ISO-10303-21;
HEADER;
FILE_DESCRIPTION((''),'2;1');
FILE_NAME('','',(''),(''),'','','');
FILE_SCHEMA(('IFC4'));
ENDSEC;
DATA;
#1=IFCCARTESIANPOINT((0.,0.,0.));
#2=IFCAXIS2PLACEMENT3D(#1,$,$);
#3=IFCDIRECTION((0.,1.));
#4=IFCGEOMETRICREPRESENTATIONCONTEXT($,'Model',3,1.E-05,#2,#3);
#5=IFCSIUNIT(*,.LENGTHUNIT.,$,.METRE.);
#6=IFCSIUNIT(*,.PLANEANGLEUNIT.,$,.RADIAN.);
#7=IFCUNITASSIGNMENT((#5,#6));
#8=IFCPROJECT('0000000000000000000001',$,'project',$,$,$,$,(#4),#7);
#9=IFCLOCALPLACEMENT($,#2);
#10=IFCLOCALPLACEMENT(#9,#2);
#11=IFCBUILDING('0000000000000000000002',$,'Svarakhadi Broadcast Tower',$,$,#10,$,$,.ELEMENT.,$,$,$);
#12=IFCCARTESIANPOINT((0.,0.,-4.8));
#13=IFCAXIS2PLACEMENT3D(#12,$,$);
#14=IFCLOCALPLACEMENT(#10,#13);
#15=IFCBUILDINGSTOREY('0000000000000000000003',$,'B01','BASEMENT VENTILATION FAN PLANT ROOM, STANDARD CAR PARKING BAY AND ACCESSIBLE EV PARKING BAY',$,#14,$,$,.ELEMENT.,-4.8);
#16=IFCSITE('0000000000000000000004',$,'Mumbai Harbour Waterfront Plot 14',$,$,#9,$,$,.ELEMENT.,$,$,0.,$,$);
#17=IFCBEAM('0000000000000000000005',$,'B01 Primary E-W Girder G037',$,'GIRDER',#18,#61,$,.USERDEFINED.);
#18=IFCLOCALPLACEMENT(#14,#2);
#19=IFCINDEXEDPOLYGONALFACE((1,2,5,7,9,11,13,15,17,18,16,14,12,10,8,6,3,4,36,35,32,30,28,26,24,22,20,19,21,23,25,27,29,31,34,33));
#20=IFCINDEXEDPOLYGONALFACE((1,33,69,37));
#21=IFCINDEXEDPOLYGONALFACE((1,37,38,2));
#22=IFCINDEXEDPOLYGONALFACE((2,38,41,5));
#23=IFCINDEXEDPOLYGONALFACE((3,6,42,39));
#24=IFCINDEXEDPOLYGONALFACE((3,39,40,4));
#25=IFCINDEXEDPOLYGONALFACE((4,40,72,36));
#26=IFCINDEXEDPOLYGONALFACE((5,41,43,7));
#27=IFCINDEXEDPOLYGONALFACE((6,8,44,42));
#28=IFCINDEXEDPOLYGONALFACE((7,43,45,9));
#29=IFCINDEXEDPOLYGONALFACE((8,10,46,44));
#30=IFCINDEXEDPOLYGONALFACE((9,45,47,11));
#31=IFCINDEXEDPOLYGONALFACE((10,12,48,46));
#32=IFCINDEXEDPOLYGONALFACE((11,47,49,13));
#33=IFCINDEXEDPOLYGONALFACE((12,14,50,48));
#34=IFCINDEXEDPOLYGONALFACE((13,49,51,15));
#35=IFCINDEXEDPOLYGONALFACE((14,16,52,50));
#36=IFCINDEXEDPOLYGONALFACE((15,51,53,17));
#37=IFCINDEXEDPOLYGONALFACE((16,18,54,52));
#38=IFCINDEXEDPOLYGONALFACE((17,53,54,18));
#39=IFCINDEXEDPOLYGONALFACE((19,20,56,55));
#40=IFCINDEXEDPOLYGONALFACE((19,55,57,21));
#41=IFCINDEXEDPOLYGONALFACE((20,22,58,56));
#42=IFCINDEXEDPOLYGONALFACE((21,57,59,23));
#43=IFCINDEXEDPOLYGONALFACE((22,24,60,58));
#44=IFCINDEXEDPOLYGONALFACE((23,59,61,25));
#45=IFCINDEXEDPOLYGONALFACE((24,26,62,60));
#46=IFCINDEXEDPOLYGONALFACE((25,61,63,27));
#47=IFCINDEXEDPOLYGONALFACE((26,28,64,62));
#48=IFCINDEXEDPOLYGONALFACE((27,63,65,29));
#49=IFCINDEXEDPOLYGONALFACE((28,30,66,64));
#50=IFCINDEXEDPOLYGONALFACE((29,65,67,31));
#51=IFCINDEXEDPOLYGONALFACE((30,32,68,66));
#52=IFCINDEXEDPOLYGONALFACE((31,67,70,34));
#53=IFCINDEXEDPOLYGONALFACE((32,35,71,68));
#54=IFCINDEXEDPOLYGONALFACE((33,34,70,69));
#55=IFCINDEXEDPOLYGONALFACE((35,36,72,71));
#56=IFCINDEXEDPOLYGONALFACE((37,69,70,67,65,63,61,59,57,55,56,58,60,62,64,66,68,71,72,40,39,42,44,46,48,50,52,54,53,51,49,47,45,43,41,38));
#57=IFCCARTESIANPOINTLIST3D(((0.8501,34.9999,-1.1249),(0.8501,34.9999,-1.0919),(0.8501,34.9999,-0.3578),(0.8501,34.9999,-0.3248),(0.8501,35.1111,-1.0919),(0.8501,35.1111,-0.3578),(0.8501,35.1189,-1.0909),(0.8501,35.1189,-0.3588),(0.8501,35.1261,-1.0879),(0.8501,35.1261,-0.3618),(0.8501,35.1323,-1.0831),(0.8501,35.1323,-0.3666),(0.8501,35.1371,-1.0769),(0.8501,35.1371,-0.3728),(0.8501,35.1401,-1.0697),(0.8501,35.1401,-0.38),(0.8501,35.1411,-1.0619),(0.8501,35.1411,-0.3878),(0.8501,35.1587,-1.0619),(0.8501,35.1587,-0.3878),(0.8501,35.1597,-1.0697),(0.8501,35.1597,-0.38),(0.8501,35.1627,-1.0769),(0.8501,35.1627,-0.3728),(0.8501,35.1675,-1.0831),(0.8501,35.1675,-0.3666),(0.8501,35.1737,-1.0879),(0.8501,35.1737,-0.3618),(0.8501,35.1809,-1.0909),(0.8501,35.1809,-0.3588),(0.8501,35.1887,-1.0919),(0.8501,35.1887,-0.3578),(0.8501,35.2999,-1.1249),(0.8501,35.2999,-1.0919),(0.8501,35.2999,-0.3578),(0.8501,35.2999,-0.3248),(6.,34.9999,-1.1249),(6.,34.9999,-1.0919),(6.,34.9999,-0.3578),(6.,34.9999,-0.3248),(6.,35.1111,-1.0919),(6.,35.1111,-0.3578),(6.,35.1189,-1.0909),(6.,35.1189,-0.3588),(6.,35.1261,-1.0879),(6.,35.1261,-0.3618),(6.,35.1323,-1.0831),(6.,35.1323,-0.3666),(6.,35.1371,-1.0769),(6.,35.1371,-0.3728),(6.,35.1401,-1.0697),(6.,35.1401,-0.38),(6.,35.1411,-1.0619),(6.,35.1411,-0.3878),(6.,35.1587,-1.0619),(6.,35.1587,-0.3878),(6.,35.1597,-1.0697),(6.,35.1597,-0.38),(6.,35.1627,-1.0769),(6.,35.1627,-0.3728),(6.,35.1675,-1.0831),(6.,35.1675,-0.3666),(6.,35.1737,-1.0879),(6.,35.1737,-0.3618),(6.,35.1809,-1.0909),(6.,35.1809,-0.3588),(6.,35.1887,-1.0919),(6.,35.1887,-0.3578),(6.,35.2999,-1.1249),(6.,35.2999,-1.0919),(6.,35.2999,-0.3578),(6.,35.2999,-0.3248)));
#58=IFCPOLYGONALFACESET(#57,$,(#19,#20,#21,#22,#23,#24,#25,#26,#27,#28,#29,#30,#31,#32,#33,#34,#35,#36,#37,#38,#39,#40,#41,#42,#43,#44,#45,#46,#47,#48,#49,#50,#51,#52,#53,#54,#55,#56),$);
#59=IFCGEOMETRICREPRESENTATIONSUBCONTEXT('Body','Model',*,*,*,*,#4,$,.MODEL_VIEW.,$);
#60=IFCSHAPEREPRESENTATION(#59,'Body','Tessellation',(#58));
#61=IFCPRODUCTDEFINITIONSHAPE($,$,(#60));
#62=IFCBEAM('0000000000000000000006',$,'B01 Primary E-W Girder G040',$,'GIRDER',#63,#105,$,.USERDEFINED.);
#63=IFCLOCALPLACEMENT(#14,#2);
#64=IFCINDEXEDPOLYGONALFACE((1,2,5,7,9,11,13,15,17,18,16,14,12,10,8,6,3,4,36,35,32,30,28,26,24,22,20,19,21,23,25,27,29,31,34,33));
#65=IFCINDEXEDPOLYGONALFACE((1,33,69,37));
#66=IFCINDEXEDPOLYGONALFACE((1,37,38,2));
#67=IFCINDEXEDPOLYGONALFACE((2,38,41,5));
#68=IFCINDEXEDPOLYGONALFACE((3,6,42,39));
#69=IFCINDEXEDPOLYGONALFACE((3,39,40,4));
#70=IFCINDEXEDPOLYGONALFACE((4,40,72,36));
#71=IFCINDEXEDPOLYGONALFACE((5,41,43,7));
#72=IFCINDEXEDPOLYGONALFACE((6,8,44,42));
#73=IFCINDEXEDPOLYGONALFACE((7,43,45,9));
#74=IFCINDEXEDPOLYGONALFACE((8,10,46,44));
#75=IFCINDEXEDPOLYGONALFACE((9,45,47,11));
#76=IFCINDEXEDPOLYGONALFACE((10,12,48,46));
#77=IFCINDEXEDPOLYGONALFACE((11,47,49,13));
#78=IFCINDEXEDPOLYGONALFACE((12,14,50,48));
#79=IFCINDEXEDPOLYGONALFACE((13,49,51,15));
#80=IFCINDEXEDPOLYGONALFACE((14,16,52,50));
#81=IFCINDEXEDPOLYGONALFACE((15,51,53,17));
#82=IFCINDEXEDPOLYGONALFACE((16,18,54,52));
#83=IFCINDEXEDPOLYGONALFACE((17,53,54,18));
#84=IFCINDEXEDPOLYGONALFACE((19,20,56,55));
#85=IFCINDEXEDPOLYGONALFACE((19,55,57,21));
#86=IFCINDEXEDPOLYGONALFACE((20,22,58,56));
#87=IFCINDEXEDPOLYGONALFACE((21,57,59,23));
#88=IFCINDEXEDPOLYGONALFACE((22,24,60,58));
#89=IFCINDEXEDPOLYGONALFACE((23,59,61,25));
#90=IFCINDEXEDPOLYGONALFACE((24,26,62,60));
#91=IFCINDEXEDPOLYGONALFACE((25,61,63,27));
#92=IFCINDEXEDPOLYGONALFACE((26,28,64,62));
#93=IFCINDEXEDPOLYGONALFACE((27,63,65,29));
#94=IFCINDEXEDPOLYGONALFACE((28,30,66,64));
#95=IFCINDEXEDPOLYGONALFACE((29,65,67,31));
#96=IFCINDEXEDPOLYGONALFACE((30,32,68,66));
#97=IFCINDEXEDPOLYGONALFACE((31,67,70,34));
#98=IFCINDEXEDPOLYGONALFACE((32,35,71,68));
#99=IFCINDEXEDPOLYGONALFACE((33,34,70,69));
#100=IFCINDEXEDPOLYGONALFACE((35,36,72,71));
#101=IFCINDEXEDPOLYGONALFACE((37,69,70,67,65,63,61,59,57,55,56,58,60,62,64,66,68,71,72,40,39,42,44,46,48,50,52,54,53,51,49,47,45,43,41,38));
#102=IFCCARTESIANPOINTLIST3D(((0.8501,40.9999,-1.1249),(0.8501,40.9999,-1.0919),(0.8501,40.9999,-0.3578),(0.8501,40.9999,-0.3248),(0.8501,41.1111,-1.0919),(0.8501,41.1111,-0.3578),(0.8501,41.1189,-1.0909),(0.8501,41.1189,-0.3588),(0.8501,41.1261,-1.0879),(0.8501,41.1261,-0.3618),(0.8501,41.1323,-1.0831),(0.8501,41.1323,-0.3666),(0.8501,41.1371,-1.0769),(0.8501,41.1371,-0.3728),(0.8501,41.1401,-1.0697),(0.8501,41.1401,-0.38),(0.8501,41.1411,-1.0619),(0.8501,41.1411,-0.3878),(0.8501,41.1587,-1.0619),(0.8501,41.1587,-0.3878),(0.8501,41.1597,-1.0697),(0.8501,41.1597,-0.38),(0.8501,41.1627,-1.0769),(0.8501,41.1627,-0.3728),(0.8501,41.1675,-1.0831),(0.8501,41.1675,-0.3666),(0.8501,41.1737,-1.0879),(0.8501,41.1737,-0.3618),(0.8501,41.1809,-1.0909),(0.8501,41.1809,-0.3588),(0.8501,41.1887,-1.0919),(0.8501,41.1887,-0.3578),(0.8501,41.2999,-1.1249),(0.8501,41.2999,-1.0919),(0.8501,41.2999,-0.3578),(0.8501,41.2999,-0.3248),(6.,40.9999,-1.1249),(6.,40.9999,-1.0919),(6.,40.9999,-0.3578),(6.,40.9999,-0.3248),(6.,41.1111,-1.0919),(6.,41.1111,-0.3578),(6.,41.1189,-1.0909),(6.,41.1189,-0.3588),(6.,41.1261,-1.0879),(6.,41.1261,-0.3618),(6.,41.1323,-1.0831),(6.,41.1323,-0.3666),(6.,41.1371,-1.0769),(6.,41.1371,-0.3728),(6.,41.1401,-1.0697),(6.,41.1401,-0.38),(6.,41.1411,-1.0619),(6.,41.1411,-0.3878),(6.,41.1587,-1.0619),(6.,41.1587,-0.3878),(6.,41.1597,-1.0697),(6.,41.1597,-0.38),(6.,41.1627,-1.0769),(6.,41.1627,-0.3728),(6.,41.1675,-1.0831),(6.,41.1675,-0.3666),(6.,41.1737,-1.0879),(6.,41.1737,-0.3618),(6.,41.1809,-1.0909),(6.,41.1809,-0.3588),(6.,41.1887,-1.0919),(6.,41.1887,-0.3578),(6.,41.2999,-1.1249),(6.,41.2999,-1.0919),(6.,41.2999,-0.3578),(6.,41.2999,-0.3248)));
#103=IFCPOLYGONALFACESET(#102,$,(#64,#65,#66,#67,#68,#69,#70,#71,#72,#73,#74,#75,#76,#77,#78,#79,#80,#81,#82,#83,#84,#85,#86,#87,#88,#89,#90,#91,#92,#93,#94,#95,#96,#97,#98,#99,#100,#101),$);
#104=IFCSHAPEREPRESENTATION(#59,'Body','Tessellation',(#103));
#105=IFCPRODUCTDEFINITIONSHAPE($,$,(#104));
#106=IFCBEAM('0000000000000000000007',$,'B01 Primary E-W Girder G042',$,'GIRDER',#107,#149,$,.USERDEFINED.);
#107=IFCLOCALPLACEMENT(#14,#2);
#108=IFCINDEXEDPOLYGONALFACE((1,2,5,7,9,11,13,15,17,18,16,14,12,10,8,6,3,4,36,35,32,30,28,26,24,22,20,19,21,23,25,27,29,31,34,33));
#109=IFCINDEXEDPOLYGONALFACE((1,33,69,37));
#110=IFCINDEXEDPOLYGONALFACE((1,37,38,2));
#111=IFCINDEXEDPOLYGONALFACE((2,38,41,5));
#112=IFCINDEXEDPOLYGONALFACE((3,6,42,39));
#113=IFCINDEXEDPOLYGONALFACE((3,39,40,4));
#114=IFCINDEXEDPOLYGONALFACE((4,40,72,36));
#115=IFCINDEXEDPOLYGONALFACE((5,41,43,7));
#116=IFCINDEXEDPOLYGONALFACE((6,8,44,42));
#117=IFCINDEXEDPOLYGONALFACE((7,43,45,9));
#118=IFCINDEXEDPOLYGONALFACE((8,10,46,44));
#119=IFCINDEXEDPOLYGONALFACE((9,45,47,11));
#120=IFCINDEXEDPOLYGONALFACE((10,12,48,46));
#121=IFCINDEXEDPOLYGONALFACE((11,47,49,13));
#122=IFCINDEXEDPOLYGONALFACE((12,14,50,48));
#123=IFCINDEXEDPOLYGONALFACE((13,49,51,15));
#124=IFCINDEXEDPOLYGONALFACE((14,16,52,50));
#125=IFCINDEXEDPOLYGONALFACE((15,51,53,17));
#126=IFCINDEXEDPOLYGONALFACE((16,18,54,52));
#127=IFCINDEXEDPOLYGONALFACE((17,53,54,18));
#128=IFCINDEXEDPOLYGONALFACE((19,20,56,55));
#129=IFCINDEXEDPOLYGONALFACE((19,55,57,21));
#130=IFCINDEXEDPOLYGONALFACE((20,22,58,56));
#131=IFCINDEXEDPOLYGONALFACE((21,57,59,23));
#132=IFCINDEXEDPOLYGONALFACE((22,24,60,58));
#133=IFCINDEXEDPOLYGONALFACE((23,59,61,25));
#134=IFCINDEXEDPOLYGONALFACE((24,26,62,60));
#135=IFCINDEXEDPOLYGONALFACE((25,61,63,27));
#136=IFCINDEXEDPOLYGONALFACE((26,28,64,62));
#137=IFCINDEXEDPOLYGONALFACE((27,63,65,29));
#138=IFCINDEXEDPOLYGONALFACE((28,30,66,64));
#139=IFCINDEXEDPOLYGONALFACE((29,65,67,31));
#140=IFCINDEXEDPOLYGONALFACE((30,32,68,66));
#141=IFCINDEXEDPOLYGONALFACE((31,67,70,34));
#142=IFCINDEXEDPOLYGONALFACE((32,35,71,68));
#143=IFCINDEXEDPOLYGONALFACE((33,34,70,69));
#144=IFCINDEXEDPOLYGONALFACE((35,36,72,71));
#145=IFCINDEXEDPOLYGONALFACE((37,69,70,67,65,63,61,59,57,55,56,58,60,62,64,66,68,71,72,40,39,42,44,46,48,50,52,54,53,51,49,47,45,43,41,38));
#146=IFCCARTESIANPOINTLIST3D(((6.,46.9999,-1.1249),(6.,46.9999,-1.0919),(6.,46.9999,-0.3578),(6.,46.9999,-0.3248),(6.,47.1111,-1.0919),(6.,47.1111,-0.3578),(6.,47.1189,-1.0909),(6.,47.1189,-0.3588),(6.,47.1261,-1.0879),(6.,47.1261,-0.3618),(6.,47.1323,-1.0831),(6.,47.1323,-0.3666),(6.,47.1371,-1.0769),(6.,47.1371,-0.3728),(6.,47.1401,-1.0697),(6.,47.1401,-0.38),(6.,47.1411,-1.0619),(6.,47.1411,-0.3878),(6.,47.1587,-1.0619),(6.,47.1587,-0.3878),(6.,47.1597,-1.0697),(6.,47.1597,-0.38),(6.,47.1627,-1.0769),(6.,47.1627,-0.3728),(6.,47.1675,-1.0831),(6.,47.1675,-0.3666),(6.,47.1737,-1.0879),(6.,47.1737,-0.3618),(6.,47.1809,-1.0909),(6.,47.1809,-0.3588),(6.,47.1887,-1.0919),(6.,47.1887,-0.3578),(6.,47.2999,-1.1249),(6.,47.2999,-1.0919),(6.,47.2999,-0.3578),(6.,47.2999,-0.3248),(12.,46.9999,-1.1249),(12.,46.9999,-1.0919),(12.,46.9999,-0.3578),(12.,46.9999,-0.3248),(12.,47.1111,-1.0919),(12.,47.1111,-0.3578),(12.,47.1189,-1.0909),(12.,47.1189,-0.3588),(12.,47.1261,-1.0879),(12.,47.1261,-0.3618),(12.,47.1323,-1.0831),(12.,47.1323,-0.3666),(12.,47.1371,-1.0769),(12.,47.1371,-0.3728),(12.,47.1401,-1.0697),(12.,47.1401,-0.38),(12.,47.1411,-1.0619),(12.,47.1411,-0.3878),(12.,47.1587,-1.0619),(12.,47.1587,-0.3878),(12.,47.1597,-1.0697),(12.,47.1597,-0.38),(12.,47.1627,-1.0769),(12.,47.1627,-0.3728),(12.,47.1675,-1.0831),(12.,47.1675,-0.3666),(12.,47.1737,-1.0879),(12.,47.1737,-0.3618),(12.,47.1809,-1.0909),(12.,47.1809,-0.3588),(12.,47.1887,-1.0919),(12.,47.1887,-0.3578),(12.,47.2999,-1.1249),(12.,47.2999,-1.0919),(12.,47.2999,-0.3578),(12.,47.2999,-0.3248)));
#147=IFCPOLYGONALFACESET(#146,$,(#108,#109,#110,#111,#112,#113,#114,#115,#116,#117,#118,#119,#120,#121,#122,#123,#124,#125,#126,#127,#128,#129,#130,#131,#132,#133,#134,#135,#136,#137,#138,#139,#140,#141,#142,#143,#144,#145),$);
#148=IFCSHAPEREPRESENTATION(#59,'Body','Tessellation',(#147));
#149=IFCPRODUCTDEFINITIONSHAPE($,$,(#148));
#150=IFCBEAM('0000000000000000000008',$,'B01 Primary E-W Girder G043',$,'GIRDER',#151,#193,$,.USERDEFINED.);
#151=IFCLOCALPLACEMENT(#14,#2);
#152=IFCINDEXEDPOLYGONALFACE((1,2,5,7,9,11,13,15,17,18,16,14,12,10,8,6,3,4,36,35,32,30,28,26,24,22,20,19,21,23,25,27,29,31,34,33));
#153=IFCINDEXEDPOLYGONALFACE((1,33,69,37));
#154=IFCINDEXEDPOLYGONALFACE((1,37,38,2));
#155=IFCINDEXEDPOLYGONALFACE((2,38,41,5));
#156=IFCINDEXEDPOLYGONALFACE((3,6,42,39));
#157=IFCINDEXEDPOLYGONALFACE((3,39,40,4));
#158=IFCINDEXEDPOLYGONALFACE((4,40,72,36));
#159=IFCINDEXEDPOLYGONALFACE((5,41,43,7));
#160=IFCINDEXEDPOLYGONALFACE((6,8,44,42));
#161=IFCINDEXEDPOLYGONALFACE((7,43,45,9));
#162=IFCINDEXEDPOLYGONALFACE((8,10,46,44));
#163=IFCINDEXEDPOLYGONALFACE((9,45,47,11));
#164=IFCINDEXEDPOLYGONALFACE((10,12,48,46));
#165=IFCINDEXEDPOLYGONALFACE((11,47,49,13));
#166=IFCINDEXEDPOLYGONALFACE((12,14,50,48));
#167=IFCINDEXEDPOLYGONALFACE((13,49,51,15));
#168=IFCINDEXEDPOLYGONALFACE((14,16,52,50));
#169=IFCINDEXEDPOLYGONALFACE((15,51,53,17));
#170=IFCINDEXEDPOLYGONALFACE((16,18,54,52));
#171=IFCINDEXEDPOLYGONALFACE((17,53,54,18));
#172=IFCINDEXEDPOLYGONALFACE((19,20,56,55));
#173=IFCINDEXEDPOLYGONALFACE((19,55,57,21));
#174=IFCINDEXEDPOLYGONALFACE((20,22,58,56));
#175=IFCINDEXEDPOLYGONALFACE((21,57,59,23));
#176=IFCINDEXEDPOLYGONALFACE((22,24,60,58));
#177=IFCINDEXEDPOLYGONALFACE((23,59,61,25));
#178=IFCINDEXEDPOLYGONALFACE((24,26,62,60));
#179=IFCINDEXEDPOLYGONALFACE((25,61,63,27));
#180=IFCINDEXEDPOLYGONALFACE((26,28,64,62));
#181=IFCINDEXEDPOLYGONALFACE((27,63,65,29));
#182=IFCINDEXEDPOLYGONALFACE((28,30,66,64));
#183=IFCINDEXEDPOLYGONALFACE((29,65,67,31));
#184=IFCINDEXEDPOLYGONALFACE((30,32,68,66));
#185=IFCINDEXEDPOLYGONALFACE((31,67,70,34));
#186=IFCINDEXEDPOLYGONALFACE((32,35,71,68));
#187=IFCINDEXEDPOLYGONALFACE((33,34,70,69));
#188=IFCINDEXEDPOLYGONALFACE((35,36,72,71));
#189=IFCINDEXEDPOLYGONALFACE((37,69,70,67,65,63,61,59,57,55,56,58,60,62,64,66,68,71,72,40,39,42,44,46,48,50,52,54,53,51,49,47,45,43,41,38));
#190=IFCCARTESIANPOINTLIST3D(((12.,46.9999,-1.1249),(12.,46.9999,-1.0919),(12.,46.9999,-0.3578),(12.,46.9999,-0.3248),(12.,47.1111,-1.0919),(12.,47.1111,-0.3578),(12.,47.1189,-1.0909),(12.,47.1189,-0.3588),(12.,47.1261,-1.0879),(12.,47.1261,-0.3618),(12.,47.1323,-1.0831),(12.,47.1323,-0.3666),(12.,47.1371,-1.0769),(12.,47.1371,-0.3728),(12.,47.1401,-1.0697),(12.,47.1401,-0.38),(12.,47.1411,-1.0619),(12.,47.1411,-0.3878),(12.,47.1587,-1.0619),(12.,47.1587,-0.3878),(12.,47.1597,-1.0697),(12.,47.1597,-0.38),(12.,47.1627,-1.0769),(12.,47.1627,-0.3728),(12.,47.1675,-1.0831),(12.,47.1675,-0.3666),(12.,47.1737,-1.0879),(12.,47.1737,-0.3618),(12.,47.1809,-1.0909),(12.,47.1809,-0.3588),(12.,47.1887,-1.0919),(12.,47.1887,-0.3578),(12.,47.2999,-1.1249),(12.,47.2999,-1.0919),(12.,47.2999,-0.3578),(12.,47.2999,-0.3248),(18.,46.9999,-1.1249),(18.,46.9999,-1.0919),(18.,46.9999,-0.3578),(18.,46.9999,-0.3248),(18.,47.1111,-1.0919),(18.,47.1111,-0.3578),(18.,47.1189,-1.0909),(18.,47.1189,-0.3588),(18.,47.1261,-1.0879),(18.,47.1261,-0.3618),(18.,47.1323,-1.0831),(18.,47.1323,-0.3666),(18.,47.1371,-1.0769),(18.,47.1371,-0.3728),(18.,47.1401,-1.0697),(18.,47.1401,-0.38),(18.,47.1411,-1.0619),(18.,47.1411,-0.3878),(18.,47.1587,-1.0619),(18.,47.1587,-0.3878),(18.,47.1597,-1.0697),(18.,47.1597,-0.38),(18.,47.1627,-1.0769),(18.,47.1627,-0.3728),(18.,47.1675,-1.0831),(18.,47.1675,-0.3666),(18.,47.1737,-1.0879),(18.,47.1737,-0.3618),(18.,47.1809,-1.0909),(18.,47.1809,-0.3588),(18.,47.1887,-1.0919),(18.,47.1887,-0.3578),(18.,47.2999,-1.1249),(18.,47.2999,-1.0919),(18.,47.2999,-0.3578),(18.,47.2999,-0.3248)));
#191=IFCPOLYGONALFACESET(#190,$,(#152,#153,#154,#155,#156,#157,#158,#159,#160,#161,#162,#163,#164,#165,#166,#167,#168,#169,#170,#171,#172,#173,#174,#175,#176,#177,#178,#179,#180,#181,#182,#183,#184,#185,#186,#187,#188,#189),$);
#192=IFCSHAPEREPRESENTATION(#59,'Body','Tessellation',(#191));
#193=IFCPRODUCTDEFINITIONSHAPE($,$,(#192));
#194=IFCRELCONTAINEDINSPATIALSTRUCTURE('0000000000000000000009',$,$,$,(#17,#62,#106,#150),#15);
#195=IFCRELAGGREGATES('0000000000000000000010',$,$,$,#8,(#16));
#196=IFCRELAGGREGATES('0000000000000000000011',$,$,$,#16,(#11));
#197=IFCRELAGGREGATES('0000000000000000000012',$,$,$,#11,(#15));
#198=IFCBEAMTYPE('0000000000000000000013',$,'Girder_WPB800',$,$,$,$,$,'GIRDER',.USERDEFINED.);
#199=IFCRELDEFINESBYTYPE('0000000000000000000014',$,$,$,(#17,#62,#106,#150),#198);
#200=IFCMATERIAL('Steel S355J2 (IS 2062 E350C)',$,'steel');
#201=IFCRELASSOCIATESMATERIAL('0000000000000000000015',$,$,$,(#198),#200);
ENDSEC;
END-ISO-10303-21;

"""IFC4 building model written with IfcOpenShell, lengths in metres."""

from ifc_helpers import new_model, si_unit, direction, frame, origin, origin_2d, place, context, subcontext, project, spatial, i_section, extrude, material, material_profile, profile_set, type_object, element, save


model = new_model("IFC4")

# Units and contexts
model_context = context("Model", 3, precision=1e-05, world=origin(), true_north=direction((0.0, 1.0)))
body_context = subcontext(model_context, "Body", "Model", "MODEL_VIEW")
ifc_project = project(units=[si_unit("LENGTHUNIT", "METRE"), si_unit("PLANEANGLEUNIT", "RADIAN")], contexts=[model_context])

# Site, building, storey
site_placement = place(None, origin())
site = spatial("IfcSite", under=ifc_project, at=site_placement, Name="Mumbai Harbour Waterfront Plot 14", CompositionType="ELEMENT", RefElevation=0.0)
building_placement = place(site_placement, origin())
building = spatial("IfcBuilding", under=site, at=building_placement, Name="Svarakhadi Broadcast Tower", CompositionType="ELEMENT")
storey_placement = place(building_placement, frame((0.0, 0.0, -4.8)))
storey = spatial("IfcBuildingStorey", under=building, at=storey_placement, Name="B01", Description="BASEMENT VENTILATION FAN PLANT ROOM, STANDARD CAR PARKING BAY AND ACCESSIBLE EV PARKING BAY", CompositionType="ELEMENT", Elevation=-4.8)

# Beams
ifc_material_1 = material(Name="Steel S355J2 (IS 2062 E350C)", Category="steel")
ifc_material_profile_1 = material_profile(ifc_material_1, i_section(OverallWidth=0.3, OverallDepth=0.8, WebThickness=0.0176, FlangeThickness=0.033, FilletRadius=0.03, at=origin_2d()), Name="WPB 800x300x262")
ifc_profile_set_1 = profile_set([ifc_material_profile_1], Name="Steel S355J2 (IS 2062 E350C)")
beam_type_1 = type_object("IfcBeamType", Name="Girder_WPB800", ElementType="GIRDER", PredefinedType="USERDEFINED", material=ifc_profile_set_1)
for number, where, z_axis, x_axis, name in (
    (1, (0.8501, 35.1499, -0.7249), (1.0, 0.0, 0.0), (0.0, 1.0, 0.0), "B01 Primary E-W Girder G037"),
    (2, (0.8501, 41.1499, -0.7249), (1.0, 0.0, 0.0), (0.0, 1.0, 0.0), "B01 Primary E-W Girder G040"),
):
    element("IfcBeam", number, at=place(storey_placement, frame(where, z_axis=z_axis, x_axis=x_axis)), inside=storey, type_object=beam_type_1, Name=name, ObjectType="GIRDER", PredefinedType="USERDEFINED", context=body_context, shape_type="SweptSolid", body=[
        extrude(i_section(OverallWidth=0.3, OverallDepth=0.8, WebThickness=0.0176, FlangeThickness=0.033, FilletRadius=0.03, at=origin_2d()), origin(), (0.0, 0.0, 1.0), 5.1499),
    ])
for number, where, z_axis, x_axis, name in (
    (3, (6.0, 47.1499, -0.7249), (1.0, 0.0, 0.0), (0.0, 1.0, 0.0), "B01 Primary E-W Girder G042"),
    (4, (12.0, 47.1499, -0.7249), (1.0, 0.0, 0.0), (0.0, 1.0, 0.0), "B01 Primary E-W Girder G043"),
):
    element("IfcBeam", number, at=place(storey_placement, frame(where, z_axis=z_axis, x_axis=x_axis)), inside=storey, type_object=beam_type_1, Name=name, ObjectType="GIRDER", PredefinedType="USERDEFINED", context=body_context, shape_type="SweptSolid", body=[
        extrude(i_section(OverallWidth=0.3, OverallDepth=0.8, WebThickness=0.0176, FlangeThickness=0.033, FilletRadius=0.03, at=origin_2d()), origin(), (0.0, 0.0, 1.0), 6.0),
    ])

save(model, "model.ifc")
